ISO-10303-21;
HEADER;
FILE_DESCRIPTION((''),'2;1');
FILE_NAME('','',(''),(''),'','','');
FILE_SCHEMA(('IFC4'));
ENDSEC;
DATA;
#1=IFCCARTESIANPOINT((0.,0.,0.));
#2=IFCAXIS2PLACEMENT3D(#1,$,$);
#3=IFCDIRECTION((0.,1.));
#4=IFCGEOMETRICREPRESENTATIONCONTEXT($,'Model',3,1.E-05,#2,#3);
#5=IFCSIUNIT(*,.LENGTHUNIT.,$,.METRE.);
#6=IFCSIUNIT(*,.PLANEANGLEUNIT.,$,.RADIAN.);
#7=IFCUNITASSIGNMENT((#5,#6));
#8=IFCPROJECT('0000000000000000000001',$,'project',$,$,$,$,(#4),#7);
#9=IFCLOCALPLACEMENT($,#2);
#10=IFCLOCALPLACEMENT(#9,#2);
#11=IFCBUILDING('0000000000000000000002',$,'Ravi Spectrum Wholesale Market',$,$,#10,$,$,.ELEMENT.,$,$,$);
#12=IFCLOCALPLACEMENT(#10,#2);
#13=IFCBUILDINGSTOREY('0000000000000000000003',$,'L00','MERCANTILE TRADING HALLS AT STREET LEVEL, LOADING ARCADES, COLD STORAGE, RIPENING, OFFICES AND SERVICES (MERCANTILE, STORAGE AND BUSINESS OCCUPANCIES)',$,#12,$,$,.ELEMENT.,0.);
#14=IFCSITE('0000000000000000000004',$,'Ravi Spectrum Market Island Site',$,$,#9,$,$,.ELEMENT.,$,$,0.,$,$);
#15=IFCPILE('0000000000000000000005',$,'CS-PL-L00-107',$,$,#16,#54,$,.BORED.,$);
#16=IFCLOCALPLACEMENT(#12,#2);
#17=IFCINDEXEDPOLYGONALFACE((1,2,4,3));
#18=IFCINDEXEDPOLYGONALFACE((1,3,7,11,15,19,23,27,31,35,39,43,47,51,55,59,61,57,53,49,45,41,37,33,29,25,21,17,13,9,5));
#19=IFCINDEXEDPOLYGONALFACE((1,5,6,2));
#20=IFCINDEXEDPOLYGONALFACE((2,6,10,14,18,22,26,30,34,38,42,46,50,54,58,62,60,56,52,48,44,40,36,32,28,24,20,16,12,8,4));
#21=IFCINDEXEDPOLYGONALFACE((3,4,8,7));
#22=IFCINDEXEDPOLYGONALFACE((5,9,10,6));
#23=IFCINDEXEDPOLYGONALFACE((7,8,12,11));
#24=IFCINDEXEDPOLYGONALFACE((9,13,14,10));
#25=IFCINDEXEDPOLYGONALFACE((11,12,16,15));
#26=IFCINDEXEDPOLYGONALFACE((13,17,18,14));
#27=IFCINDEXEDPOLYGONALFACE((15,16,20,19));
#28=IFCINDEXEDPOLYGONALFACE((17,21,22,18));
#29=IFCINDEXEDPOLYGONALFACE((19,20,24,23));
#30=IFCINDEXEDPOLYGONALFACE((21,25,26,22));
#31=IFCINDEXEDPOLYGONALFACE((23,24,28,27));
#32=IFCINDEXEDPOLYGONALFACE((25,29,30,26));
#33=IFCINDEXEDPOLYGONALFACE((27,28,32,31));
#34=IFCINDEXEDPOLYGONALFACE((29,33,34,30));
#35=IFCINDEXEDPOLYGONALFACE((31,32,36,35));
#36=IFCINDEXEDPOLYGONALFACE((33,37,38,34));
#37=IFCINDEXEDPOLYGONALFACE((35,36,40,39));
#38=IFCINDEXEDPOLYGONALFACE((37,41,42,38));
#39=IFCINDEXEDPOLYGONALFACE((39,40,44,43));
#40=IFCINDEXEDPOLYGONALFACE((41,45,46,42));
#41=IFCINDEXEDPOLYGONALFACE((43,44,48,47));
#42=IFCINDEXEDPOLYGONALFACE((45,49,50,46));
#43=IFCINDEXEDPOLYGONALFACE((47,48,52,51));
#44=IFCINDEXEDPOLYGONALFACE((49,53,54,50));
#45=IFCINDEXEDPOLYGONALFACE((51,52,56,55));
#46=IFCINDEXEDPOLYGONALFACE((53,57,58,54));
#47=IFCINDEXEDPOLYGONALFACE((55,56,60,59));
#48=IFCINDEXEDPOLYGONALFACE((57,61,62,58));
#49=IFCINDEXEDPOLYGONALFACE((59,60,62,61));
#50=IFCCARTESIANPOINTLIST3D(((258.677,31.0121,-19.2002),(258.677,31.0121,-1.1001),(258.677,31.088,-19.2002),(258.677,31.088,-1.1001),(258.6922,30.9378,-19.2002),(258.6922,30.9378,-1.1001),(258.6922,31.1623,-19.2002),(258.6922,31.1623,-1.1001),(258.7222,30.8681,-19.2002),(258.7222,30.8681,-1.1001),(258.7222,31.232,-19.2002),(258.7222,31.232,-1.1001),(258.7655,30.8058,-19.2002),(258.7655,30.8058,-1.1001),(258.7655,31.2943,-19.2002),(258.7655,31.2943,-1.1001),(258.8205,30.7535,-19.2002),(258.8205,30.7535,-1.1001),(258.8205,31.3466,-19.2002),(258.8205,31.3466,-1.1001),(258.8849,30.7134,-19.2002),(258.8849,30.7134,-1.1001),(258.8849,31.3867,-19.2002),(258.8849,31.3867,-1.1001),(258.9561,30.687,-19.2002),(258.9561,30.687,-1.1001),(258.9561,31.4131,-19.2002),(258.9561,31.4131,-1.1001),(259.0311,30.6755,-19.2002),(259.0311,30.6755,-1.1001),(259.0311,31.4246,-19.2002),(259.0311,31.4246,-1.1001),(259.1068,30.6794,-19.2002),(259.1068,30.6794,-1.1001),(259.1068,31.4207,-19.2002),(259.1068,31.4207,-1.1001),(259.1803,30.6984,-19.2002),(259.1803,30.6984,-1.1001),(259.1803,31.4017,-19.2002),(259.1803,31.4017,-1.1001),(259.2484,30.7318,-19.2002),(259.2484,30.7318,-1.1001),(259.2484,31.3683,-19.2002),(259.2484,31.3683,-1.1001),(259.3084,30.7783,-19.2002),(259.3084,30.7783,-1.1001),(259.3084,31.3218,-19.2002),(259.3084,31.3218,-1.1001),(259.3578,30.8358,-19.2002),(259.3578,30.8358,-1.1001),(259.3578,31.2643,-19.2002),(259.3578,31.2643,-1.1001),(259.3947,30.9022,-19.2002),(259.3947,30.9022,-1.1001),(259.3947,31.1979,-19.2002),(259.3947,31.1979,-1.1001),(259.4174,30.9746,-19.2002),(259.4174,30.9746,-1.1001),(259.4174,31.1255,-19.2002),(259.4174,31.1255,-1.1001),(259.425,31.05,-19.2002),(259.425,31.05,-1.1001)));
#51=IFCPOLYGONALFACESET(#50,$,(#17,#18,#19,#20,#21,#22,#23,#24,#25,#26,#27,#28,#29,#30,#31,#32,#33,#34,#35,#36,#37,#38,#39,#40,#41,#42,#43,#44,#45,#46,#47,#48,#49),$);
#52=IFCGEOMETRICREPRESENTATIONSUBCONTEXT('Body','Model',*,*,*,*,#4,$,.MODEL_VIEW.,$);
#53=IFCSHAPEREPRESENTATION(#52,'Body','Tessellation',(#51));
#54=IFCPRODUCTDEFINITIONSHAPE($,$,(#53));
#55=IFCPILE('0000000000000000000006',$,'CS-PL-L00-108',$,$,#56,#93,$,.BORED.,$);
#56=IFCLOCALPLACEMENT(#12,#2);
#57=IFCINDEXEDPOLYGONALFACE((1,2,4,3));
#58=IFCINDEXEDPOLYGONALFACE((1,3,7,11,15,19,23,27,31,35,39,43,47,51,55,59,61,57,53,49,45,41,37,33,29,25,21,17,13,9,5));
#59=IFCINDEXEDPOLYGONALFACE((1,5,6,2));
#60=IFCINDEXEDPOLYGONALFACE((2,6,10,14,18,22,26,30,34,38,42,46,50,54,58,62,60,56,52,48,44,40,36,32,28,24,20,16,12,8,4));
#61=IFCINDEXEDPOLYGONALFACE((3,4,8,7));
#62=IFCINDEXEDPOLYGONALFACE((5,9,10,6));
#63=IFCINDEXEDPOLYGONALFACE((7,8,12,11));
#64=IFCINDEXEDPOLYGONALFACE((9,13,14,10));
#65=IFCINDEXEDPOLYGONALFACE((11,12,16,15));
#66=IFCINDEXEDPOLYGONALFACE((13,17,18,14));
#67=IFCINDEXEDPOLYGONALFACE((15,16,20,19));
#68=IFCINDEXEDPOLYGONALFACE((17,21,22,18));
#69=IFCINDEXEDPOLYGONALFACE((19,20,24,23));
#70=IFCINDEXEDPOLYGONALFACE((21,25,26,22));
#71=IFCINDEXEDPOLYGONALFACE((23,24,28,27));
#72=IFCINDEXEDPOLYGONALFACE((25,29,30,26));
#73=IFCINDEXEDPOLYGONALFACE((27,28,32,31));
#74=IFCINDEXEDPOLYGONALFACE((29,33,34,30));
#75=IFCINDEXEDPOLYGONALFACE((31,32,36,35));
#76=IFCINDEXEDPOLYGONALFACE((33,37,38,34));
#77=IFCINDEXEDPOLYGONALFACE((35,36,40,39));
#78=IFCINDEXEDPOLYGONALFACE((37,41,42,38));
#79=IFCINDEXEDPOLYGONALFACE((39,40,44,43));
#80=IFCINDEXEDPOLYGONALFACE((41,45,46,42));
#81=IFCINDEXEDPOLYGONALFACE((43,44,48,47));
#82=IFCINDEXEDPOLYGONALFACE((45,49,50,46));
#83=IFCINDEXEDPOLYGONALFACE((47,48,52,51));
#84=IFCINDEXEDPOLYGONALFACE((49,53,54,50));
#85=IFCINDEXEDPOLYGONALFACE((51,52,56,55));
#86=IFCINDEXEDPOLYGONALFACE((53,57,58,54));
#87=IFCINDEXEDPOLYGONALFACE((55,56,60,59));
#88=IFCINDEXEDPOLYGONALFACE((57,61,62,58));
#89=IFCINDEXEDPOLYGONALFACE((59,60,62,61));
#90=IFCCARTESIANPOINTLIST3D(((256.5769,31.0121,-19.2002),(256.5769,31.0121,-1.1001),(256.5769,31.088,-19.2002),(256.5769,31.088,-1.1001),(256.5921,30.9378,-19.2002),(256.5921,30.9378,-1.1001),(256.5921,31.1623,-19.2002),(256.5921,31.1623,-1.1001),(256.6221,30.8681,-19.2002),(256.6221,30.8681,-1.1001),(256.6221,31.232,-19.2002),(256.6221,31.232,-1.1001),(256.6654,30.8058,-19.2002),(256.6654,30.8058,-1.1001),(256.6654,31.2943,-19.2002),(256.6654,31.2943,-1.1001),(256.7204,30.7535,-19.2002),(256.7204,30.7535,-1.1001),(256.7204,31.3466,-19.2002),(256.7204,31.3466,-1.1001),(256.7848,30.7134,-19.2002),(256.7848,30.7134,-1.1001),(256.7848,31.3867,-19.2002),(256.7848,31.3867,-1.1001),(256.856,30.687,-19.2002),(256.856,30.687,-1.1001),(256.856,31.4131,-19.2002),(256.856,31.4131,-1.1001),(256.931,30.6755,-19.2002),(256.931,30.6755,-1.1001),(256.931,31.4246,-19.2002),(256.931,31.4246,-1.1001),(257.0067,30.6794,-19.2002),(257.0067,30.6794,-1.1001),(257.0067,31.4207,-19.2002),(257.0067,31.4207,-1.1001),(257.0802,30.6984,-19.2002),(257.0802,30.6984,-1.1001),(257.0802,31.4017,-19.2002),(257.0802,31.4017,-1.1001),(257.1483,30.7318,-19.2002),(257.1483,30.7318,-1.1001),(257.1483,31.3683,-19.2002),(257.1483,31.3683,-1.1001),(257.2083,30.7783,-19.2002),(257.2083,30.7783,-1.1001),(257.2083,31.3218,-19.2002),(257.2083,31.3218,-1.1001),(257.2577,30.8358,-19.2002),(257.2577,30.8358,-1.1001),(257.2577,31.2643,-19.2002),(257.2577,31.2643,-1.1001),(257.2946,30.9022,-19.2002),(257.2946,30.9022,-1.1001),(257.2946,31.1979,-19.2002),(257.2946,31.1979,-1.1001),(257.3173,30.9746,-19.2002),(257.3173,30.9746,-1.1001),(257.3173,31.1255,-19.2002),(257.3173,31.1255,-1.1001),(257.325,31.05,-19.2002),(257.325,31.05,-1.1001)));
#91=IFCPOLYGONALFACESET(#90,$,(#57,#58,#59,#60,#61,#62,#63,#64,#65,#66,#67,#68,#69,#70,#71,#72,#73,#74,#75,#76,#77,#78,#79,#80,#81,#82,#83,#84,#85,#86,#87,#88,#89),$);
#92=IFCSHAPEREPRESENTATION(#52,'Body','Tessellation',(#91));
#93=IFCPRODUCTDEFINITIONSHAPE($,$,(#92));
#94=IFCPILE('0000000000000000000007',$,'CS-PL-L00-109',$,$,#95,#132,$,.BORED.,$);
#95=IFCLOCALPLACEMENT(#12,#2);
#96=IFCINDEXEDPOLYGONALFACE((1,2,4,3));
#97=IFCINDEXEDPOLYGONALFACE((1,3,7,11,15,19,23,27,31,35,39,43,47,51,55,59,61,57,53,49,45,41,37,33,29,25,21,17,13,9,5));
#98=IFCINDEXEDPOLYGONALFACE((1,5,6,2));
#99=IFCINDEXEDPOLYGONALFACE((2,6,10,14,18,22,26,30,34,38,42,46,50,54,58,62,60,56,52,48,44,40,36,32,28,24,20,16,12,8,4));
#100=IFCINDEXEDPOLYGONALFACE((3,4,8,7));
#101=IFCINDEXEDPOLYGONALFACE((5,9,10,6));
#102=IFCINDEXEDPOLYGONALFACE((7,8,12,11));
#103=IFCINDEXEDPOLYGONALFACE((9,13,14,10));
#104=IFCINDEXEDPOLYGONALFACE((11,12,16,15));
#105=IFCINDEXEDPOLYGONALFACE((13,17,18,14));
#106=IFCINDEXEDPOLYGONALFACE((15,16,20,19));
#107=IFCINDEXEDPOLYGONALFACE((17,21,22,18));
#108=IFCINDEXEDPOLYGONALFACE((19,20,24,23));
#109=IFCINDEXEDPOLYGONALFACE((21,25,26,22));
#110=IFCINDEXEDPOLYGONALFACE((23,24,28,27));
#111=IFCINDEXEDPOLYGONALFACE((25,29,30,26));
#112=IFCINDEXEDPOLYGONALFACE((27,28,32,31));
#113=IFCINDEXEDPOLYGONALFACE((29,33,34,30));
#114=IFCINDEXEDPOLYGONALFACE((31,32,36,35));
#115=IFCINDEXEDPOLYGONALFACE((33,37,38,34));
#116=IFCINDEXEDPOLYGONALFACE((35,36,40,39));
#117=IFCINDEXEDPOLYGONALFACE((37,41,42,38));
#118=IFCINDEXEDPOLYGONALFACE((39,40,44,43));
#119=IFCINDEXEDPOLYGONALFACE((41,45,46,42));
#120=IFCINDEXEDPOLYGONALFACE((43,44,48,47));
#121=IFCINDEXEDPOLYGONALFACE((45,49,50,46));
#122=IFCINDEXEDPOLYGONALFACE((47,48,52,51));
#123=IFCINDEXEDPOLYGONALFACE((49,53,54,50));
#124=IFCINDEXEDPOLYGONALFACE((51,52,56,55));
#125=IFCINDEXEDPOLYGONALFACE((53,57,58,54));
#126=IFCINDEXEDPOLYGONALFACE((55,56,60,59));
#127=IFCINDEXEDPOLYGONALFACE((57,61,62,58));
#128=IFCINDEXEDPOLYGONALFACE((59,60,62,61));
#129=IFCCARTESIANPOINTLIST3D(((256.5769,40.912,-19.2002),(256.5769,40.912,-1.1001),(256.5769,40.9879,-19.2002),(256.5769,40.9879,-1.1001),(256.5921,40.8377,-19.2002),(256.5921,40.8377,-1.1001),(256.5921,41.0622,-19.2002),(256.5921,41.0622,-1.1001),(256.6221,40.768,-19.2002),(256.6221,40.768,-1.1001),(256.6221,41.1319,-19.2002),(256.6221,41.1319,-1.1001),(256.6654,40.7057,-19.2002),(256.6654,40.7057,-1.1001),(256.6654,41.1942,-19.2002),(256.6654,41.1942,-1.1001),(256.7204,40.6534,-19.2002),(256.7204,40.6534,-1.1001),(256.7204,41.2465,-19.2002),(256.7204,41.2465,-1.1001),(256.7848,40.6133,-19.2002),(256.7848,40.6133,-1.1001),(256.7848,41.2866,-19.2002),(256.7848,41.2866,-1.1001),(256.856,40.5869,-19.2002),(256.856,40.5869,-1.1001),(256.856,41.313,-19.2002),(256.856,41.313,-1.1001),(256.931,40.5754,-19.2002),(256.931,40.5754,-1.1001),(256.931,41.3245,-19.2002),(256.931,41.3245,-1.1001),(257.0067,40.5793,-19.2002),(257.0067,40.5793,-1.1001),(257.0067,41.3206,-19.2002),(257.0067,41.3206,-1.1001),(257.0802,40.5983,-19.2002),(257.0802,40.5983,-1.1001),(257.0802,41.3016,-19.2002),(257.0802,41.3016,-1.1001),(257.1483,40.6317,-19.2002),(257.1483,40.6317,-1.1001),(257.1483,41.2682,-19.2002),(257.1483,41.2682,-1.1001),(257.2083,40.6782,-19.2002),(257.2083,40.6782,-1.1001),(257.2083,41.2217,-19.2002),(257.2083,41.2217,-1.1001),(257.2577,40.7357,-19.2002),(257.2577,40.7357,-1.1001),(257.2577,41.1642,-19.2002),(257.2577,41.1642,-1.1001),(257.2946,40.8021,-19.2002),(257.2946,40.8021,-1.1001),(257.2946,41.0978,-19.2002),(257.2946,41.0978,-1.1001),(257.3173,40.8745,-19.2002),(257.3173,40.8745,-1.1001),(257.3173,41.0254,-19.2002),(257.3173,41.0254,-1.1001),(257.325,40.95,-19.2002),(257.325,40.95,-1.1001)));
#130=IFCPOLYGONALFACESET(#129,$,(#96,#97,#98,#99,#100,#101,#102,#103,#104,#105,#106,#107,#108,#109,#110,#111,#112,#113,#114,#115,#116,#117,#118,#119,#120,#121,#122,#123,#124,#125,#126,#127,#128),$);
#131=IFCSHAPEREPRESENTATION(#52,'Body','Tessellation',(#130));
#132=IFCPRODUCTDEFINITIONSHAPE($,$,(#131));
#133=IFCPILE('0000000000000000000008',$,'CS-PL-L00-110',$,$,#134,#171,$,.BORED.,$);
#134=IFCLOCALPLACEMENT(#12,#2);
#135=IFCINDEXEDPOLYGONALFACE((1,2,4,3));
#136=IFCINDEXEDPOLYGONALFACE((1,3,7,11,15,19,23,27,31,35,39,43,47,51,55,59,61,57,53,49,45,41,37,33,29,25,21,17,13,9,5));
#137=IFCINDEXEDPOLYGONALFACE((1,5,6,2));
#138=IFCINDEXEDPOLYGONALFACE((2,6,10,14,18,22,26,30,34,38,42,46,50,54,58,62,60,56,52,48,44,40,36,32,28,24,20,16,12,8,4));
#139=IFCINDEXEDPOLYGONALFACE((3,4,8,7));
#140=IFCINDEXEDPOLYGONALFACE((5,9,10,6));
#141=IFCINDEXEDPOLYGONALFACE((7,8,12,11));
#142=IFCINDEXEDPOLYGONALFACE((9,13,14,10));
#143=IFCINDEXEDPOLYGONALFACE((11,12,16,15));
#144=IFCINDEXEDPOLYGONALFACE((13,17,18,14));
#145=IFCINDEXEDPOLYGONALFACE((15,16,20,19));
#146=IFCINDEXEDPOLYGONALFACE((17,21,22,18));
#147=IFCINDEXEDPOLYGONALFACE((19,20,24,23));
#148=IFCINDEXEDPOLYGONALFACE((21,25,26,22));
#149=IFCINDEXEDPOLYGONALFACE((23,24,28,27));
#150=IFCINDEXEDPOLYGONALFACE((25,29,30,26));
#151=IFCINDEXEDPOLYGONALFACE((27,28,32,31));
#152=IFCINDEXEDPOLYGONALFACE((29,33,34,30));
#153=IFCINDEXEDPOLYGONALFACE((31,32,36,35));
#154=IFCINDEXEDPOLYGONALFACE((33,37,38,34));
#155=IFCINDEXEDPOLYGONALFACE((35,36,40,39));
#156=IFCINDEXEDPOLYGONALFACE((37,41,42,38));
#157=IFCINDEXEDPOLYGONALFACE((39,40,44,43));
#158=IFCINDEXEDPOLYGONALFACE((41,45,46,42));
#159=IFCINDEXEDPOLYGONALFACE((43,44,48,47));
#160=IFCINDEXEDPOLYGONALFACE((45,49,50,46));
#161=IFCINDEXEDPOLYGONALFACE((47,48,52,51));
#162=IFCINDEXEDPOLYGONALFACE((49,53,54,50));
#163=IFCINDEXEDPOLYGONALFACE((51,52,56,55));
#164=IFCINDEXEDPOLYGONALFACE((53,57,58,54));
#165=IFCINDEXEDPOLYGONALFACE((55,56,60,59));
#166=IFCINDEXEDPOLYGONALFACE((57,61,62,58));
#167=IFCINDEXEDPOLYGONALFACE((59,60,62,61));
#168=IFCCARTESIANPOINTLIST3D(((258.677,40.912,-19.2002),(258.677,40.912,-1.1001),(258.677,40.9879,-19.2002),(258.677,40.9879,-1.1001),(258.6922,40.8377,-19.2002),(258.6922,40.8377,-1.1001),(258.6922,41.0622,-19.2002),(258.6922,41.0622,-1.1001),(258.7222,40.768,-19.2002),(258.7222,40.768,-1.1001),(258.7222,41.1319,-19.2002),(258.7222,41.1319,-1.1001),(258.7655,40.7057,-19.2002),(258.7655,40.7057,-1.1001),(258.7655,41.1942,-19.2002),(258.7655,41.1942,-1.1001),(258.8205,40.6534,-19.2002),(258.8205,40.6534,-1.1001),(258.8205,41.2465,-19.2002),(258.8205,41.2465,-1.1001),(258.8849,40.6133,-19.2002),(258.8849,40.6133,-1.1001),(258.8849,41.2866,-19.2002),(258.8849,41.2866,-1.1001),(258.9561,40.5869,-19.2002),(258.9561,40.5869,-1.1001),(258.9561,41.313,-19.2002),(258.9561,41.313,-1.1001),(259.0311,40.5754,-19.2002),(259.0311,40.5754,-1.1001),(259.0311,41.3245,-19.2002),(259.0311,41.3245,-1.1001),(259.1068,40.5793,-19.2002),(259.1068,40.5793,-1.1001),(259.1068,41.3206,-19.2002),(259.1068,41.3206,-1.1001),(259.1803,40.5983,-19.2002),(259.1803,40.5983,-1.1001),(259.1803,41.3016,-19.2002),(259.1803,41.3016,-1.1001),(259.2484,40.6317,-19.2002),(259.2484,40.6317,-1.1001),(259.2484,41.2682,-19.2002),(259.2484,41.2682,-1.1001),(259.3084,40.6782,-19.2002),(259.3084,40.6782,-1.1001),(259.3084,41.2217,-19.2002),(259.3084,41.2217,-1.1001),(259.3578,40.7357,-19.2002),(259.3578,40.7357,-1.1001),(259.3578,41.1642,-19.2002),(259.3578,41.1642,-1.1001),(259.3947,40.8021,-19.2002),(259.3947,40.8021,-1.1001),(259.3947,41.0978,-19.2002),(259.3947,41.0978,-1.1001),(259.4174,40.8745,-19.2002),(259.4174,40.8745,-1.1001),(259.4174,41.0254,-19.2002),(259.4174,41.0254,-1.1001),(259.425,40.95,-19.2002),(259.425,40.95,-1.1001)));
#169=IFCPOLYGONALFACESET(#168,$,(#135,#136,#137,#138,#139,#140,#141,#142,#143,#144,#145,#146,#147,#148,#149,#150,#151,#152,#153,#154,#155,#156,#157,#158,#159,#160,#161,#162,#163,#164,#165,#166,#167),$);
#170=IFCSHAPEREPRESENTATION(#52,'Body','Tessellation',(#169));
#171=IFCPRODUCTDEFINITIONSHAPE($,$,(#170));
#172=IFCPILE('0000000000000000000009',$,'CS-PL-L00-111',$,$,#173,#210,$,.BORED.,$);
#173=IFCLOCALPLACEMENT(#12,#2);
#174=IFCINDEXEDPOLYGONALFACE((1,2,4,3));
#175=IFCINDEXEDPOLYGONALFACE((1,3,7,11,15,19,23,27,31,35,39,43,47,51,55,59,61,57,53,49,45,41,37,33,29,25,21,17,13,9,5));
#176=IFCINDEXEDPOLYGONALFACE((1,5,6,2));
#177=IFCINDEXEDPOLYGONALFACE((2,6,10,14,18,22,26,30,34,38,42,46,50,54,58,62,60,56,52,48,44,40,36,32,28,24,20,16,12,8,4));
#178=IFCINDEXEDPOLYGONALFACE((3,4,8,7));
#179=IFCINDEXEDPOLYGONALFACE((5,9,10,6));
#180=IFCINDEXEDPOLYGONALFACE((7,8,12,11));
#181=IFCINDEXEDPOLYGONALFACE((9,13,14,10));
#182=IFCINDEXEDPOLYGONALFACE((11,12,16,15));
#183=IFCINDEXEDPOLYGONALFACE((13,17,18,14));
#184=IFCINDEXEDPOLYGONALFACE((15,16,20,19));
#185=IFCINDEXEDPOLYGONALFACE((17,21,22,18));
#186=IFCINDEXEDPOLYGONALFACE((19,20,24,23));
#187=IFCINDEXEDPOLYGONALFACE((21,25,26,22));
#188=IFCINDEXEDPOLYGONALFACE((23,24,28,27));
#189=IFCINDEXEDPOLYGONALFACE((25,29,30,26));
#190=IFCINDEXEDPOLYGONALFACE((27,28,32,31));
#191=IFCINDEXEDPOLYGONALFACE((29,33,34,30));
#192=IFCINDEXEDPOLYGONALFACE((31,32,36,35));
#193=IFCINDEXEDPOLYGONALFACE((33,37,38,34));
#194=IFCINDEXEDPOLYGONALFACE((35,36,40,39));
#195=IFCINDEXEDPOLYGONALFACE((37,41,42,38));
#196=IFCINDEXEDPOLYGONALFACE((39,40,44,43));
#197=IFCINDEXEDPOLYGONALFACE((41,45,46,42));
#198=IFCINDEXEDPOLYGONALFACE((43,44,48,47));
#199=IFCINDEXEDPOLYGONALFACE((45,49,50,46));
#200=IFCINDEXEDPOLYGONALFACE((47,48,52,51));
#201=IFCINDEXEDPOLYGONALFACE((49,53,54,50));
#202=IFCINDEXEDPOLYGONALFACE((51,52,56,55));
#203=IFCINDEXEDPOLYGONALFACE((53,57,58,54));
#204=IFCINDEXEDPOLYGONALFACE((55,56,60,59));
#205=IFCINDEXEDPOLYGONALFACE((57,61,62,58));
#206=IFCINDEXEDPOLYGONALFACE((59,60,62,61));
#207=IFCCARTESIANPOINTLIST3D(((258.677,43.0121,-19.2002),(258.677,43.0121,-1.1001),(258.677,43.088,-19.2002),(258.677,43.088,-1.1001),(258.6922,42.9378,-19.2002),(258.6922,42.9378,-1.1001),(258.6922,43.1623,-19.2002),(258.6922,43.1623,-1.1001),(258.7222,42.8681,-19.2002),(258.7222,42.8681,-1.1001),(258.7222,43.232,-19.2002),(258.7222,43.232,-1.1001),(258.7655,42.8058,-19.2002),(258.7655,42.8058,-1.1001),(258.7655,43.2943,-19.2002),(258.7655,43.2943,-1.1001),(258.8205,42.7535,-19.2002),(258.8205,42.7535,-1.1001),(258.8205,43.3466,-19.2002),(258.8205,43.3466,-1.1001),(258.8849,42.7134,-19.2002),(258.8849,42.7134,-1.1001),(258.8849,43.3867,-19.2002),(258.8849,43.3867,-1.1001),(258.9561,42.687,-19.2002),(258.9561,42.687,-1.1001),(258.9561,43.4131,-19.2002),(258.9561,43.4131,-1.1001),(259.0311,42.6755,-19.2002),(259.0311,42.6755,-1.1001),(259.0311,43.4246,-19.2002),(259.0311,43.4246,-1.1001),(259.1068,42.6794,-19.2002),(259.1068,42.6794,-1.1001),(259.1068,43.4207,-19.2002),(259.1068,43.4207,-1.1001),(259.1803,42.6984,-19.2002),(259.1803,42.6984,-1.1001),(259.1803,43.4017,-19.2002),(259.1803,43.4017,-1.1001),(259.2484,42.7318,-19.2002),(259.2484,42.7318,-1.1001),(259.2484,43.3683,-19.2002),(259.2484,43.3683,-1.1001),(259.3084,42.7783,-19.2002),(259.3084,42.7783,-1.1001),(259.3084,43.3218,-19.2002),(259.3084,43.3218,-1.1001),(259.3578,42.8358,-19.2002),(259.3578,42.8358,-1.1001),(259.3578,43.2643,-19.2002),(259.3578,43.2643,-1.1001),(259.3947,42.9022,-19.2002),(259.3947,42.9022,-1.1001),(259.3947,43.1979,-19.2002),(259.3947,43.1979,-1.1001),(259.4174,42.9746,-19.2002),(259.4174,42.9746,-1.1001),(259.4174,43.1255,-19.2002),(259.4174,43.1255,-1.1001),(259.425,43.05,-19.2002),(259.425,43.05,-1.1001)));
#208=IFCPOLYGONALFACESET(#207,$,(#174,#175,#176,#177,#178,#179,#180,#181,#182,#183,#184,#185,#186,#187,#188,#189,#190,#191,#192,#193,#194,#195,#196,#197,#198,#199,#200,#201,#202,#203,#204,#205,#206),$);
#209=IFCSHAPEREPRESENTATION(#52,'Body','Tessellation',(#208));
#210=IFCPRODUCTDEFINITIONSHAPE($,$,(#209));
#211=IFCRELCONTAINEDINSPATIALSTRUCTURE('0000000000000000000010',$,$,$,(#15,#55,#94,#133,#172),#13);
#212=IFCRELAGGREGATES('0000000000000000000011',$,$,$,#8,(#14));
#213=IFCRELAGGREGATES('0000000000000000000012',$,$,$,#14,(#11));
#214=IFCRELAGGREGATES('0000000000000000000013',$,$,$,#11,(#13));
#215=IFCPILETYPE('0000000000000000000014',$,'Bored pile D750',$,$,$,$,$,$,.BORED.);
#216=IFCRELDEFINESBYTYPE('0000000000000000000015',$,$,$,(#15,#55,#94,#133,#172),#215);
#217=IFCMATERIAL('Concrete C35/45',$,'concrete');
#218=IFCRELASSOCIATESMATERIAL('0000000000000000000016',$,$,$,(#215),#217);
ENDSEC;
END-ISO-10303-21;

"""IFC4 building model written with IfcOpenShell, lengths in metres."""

from ifc_helpers import new_model, si_unit, direction, frame, origin, origin_2d, place, context, subcontext, project, spatial, circle, extrude, material, material_profile, profile_set, type_object, element, save


model = new_model("IFC4")

# Units and contexts
model_context = context("Model", 3, precision=1e-05, world=origin(), true_north=direction((0.0, 1.0)))
body_context = subcontext(model_context, "Body", "Model", "MODEL_VIEW")
ifc_project = project(units=[si_unit("LENGTHUNIT", "METRE"), si_unit("PLANEANGLEUNIT", "RADIAN")], contexts=[model_context])

# Site, building, storey
site_placement = place(None, origin())
site = spatial("IfcSite", under=ifc_project, at=site_placement, Name="Ravi Spectrum Market Island Site", CompositionType="ELEMENT", RefElevation=0.0)
building_placement = place(site_placement, origin())
building = spatial("IfcBuilding", under=site, at=building_placement, Name="Ravi Spectrum Wholesale Market", CompositionType="ELEMENT")
storey_placement = place(building_placement, origin())
storey = spatial("IfcBuildingStorey", under=building, at=storey_placement, Name="L00", Description="MERCANTILE TRADING HALLS AT STREET LEVEL, LOADING ARCADES, COLD STORAGE, RIPENING, OFFICES AND SERVICES (MERCANTILE, STORAGE AND BUSINESS OCCUPANCIES)", CompositionType="ELEMENT", Elevation=0.0)

# Piles
ifc_material_1 = material(Name="Concrete C35/45", Category="concrete")
ifc_material_profile_1 = material_profile(ifc_material_1, circle(Radius=0.375, at=origin_2d()))
ifc_profile_set_1 = profile_set([ifc_material_profile_1], Name="Concrete C35/45")
pile_type = type_object("IfcPileType", Name="Bored pile D750", PredefinedType="BORED", material=ifc_profile_set_1)
for number, where, z_axis, x_axis, name in (
    (1, (259.05, 31.05, -1.1001), (0.0, 0.0, -1.0), (1.0, 0.0, 0.0), "CS-PL-L00-107"),
    (2, (256.95, 31.05, -1.1001), (0.0, 0.0, -1.0), (1.0, 0.0, 0.0), "CS-PL-L00-108"),
    (3, (256.95, 40.95, -1.1001), (0.0, 0.0, -1.0), (1.0, 0.0, 0.0), "CS-PL-L00-109"),
    (4, (259.05, 40.95, -1.1001), (0.0, 0.0, -1.0), (1.0, 0.0, 0.0), "CS-PL-L00-110"),
    (5, (259.05, 43.05, -1.1001), (0.0, 0.0, -1.0), (1.0, 0.0, 0.0), "CS-PL-L00-111"),
):
    element("IfcPile", number, at=place(storey_placement, frame(where, z_axis=z_axis, x_axis=x_axis)), inside=storey, type_object=pile_type, Name=name, PredefinedType="BORED", context=body_context, shape_type="SweptSolid", body=[
        extrude(circle(Radius=0.375, at=origin_2d()), origin(), (0.0, 0.0, 1.0), 18.1001),
    ])

save(model, "model.ifc")
